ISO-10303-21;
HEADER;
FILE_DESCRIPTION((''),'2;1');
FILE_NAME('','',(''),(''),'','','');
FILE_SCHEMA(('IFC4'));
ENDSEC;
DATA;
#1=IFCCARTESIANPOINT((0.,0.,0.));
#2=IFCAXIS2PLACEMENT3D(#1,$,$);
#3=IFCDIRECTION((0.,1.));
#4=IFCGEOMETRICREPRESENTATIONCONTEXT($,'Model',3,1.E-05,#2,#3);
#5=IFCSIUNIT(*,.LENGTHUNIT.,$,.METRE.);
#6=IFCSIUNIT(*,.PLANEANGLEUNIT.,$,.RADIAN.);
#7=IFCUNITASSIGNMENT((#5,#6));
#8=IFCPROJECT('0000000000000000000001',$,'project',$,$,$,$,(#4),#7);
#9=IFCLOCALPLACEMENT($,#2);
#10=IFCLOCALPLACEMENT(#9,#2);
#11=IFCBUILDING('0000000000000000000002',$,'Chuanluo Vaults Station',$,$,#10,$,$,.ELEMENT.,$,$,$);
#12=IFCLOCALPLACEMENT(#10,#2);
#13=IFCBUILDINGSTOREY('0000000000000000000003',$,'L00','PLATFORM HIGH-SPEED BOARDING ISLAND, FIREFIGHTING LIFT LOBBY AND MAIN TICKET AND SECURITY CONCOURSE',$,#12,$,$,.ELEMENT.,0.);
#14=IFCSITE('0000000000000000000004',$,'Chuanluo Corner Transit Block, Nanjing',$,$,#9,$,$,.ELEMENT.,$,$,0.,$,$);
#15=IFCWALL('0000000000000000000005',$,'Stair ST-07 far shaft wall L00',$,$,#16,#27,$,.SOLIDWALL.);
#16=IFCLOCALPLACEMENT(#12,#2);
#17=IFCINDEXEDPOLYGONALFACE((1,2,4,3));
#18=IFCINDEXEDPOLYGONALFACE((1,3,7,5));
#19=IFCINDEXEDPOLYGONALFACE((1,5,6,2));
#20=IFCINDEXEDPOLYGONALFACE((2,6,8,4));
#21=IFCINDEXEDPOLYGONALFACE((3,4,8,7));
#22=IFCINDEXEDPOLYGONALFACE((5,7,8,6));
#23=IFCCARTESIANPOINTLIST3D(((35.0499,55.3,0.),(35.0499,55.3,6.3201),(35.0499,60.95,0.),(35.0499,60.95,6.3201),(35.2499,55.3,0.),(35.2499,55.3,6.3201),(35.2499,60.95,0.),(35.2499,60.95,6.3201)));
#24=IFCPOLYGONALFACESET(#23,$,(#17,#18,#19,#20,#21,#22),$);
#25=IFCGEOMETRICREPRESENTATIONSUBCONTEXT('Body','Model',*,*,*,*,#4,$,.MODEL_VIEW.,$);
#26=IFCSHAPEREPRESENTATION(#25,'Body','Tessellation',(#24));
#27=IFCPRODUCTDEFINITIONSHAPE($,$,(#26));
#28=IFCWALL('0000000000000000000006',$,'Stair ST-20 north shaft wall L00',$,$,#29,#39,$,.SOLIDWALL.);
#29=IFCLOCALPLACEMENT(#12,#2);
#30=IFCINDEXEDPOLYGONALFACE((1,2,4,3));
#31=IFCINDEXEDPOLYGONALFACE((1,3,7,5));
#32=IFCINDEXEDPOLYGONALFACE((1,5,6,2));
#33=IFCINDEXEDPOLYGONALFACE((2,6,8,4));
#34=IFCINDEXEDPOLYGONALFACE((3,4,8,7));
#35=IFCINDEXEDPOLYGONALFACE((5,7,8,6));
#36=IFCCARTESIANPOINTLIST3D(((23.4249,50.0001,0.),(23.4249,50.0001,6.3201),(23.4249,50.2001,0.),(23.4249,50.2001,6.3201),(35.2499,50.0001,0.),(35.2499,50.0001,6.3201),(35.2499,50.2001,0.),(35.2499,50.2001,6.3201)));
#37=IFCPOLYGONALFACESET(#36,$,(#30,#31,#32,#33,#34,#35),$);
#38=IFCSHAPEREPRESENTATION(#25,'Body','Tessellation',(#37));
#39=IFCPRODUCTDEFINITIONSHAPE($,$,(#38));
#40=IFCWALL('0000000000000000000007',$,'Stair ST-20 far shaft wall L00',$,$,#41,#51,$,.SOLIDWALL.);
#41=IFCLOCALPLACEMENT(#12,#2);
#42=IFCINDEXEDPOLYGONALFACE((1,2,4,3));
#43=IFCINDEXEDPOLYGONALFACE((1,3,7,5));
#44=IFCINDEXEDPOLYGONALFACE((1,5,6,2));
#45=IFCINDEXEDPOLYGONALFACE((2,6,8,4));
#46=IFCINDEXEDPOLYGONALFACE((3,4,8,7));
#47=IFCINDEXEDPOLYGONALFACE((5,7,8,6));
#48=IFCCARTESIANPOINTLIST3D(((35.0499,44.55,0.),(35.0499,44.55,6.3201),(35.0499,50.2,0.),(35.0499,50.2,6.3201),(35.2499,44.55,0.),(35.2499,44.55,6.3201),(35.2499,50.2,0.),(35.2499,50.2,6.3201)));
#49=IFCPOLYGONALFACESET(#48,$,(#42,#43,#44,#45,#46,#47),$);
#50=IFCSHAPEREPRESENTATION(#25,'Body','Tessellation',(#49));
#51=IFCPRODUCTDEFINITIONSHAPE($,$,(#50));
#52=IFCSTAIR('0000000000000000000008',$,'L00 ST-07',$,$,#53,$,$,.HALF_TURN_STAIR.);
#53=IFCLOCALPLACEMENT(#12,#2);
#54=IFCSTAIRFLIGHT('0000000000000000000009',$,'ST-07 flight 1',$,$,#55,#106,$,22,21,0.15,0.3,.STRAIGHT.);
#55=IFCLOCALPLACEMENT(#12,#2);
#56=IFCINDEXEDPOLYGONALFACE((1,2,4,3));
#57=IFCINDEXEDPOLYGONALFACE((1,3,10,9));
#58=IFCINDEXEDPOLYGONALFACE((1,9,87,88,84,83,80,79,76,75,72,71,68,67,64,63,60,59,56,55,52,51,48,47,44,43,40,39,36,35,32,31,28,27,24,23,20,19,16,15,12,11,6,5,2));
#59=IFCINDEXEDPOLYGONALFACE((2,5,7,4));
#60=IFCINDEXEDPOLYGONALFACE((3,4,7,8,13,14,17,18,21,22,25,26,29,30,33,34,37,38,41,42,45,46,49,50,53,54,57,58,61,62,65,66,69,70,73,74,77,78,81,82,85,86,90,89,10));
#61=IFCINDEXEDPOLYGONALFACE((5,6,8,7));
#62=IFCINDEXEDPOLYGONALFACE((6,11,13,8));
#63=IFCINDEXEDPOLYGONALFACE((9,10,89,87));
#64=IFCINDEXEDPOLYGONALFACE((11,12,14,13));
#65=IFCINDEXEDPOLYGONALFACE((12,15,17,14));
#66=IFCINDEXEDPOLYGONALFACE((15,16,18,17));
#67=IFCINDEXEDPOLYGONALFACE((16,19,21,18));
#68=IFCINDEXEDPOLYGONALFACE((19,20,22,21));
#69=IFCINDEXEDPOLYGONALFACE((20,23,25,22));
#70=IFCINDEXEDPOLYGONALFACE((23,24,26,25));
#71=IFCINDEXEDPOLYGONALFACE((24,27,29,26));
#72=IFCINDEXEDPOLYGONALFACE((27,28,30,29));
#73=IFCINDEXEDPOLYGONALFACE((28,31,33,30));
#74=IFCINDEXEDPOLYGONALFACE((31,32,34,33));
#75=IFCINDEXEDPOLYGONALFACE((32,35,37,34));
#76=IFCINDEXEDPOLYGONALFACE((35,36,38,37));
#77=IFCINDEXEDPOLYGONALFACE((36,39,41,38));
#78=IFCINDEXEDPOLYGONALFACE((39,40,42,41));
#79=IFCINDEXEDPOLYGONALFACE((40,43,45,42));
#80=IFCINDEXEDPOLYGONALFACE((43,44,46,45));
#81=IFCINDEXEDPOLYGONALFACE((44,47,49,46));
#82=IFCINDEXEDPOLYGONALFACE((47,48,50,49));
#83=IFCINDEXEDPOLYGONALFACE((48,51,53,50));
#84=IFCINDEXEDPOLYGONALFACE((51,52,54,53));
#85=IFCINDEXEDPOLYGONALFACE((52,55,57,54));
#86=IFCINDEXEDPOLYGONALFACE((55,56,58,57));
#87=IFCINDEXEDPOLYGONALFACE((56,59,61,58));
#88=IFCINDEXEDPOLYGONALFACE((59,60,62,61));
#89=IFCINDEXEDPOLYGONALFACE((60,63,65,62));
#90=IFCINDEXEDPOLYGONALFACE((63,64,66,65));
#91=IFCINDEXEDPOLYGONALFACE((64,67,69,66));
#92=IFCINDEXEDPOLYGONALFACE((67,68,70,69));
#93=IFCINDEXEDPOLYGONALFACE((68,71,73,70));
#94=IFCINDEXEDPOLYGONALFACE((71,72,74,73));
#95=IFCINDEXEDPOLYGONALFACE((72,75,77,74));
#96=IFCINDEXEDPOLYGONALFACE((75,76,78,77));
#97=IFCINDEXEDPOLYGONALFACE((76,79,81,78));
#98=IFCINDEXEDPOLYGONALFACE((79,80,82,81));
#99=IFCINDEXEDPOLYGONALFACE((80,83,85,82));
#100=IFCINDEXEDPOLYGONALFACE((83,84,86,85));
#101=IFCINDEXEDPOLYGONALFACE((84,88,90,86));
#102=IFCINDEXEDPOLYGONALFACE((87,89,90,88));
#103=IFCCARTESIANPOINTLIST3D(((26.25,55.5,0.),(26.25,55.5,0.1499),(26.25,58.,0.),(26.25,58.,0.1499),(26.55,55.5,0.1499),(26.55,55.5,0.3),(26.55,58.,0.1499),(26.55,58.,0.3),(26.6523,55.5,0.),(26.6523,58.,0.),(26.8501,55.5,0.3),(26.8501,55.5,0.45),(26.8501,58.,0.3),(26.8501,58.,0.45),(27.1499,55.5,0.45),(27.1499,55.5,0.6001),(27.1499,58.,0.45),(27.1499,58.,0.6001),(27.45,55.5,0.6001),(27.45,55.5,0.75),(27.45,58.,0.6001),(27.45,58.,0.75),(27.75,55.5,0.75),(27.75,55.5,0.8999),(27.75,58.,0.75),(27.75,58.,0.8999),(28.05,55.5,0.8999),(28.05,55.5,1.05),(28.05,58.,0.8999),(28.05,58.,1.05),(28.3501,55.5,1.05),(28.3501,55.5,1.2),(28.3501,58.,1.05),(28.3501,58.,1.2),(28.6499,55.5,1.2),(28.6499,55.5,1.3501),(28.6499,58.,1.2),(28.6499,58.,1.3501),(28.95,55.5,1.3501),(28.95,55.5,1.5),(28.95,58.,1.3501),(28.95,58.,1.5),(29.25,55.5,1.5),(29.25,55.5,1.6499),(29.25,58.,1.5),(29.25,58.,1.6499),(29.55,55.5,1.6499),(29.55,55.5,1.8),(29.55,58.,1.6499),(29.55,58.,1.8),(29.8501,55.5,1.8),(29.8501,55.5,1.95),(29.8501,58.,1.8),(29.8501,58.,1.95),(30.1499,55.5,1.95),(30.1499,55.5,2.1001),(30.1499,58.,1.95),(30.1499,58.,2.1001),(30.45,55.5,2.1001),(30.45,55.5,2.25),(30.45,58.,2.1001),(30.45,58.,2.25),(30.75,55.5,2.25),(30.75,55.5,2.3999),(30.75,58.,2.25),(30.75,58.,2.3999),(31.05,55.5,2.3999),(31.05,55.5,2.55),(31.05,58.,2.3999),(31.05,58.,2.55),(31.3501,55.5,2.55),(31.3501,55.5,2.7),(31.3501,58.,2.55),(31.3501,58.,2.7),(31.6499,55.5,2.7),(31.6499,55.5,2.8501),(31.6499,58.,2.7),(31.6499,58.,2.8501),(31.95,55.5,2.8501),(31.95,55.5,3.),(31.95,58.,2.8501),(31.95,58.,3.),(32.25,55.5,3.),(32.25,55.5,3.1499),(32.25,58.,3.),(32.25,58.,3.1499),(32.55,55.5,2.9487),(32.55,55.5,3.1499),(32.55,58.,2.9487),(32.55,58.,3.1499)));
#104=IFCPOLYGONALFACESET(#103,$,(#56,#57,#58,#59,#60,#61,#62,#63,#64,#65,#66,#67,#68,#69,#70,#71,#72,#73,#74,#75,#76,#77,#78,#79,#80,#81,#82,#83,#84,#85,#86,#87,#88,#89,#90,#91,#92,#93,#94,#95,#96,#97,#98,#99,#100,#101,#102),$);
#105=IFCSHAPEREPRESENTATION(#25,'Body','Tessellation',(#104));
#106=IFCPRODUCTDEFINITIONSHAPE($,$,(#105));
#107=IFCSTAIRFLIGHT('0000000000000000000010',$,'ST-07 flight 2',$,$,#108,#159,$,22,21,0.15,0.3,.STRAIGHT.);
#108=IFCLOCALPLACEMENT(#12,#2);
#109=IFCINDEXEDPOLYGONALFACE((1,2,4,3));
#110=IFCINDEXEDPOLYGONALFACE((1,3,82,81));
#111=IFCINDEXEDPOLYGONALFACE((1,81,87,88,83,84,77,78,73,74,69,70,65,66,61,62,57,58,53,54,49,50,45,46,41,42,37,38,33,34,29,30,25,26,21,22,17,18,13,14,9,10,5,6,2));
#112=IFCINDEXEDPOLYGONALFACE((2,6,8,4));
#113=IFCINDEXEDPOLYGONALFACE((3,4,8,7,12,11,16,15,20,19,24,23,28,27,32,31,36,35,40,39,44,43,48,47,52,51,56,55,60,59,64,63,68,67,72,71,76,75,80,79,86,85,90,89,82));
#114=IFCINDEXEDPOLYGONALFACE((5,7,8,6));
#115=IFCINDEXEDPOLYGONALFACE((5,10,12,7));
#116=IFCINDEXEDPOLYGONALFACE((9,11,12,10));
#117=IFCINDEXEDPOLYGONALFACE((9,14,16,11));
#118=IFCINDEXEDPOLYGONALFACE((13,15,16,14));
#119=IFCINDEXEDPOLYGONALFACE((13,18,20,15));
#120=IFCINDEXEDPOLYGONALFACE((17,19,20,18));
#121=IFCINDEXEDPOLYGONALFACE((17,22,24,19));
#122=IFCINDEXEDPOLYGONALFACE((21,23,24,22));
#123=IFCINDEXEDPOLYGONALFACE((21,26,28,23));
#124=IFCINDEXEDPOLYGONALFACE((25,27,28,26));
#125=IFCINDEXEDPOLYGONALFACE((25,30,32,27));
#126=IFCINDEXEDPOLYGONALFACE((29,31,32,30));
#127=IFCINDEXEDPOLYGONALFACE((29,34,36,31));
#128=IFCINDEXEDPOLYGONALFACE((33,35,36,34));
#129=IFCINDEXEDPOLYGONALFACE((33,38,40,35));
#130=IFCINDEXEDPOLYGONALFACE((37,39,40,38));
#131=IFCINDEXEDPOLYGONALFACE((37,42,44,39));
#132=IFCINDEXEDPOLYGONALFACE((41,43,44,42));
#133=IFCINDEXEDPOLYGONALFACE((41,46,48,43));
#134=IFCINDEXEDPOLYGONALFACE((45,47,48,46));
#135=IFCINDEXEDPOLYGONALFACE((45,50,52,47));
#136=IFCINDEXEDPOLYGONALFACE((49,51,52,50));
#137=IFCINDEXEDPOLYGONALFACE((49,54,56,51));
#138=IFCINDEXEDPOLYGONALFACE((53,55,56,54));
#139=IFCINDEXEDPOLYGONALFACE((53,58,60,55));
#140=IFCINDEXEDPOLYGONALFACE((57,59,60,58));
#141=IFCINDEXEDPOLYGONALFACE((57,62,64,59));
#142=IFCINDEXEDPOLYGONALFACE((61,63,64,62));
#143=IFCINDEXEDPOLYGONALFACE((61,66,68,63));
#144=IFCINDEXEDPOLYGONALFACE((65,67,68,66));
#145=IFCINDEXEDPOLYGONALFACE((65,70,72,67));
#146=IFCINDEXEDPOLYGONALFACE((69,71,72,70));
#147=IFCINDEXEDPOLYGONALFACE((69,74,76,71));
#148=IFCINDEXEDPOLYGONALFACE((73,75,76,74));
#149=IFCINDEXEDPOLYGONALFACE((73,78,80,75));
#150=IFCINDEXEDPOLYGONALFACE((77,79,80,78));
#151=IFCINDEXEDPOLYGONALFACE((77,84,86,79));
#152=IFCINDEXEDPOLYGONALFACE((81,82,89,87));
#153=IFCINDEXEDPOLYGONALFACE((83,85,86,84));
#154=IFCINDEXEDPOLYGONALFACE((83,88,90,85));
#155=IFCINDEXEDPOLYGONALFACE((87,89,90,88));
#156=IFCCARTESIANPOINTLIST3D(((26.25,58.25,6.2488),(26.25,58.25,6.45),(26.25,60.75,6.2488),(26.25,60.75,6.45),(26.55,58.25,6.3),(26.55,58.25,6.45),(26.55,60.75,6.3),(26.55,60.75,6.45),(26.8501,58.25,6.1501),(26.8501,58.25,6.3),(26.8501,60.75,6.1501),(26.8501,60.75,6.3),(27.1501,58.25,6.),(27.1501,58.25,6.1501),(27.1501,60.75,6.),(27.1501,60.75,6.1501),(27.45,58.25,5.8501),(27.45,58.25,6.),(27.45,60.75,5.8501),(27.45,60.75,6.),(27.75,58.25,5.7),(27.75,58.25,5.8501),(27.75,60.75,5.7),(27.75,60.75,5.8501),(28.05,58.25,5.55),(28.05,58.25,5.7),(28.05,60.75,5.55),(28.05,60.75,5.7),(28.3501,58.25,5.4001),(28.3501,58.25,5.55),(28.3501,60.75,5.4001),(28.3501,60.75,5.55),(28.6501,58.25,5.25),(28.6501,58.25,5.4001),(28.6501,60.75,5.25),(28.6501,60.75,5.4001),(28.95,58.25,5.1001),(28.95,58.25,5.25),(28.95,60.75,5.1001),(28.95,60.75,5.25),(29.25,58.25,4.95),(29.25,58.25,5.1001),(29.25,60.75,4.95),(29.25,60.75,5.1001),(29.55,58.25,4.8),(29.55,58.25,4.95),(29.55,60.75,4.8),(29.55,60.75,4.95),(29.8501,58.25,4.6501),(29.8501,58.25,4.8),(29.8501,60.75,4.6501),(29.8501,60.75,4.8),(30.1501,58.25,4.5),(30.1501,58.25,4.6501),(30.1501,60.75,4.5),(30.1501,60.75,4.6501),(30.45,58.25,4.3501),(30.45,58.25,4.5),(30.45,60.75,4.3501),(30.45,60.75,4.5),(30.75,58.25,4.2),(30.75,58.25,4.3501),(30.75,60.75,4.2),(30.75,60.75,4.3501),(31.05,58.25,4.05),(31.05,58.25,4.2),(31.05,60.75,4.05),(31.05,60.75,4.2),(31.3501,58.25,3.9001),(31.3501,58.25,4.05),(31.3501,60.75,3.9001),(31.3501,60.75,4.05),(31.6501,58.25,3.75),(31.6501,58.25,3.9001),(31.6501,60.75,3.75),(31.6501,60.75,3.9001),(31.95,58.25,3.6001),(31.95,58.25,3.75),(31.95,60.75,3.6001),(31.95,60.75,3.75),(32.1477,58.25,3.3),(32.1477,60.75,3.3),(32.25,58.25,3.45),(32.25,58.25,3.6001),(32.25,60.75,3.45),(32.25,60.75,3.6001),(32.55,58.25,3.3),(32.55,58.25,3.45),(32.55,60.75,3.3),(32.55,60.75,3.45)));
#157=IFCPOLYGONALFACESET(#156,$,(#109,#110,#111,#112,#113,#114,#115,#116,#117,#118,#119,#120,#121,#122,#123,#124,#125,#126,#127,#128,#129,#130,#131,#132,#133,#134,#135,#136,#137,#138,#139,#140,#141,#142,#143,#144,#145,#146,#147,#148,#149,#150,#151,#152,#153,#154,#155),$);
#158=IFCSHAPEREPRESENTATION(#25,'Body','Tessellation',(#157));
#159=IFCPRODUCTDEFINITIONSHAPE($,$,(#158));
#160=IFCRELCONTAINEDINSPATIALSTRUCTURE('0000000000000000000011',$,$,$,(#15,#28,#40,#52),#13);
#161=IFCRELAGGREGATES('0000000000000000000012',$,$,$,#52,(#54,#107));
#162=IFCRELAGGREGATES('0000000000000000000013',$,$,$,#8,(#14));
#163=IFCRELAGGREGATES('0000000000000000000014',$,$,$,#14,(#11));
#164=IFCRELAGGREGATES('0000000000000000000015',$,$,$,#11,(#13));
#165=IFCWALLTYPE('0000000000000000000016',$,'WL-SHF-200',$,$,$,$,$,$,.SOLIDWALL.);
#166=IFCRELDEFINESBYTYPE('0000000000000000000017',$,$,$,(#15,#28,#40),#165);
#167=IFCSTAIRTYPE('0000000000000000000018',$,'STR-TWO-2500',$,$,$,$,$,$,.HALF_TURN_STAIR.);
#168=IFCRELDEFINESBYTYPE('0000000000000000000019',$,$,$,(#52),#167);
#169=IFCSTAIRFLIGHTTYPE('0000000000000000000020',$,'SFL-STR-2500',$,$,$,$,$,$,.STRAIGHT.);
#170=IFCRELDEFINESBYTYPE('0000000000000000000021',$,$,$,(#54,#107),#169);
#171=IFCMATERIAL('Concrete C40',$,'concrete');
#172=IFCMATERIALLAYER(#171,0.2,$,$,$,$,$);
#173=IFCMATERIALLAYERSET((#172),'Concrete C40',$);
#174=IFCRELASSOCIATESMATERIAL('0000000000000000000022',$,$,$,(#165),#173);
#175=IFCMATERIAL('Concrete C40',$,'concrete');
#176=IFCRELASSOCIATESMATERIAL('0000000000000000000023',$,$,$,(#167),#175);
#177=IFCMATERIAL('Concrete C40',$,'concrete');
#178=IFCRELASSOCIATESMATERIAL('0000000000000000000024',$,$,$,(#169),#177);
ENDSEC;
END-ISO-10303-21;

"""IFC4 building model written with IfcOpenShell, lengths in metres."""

from ifc_helpers import new_model, si_unit, direction, frame, frame_2d, origin, place, context, subcontext, project, spatial, polyline, rectangle, outline, extrude, material, layer, layer_set, type_object, element, aggregate, save


model = new_model("IFC4")

# Units and contexts
model_context = context("Model", 3, precision=1e-05, world=origin(), true_north=direction((0.0, 1.0)))
body_context = subcontext(model_context, "Body", "Model", "MODEL_VIEW")
ifc_project = project(units=[si_unit("LENGTHUNIT", "METRE"), si_unit("PLANEANGLEUNIT", "RADIAN")], contexts=[model_context])

# Site, building, storey
site_placement = place(None, origin())
site = spatial("IfcSite", under=ifc_project, at=site_placement, Name="Chuanluo Corner Transit Block, Nanjing", CompositionType="ELEMENT", RefElevation=0.0)
building_placement = place(site_placement, origin())
building = spatial("IfcBuilding", under=site, at=building_placement, Name="Chuanluo Vaults Station", CompositionType="ELEMENT")
storey_placement = place(building_placement, origin())
storey = spatial("IfcBuildingStorey", under=building, at=storey_placement, Name="L00", Description="PLATFORM HIGH-SPEED BOARDING ISLAND, FIREFIGHTING LIFT LOBBY AND MAIN TICKET AND SECURITY CONCOURSE", CompositionType="ELEMENT", Elevation=0.0)

# Walls
ifc_material_1 = material(Name="Concrete C40", Category="concrete")
ifc_layer = layer(ifc_material_1, 0.2)
ifc_layer_set = layer_set([ifc_layer], Name="Concrete C40")
wall_type = type_object("IfcWallType", Name="WL-SHF-200", PredefinedType="SOLIDWALL", material=ifc_layer_set)
wall_1_placement = place(storey_placement, frame((35.1499, 55.3, 0.0), z_axis=(0.0, 0.0, 1.0), x_axis=(0.0, 1.0, 0.0)))
element("IfcWall", 1, at=wall_1_placement, inside=storey, type_object=wall_type, Name="Stair ST-07 far shaft wall L00", PredefinedType="SOLIDWALL", context=body_context, shape_type="SweptSolid", body=[
    extrude(rectangle(XDim=5.6499, YDim=0.2, at=frame_2d((2.825, 0.0))), origin(), (0.0, 0.0, 1.0), 6.3201),
])
wall_2_placement = place(storey_placement, frame((35.25, 50.1001, 0.0), z_axis=(0.0, 0.0, 1.0), x_axis=(-1.0, 0.0, 0.0)))
element("IfcWall", 2, at=wall_2_placement, inside=storey, type_object=wall_type, Name="Stair ST-20 north shaft wall L00", PredefinedType="SOLIDWALL", context=body_context, shape_type="SweptSolid", body=[
    extrude(rectangle(XDim=11.825, YDim=0.2, at=frame_2d((5.9126, 0.0))), origin(), (0.0, 0.0, 1.0), 6.3201),
])
wall_3_placement = place(storey_placement, frame((35.1499, 44.55, 0.0), z_axis=(0.0, 0.0, 1.0), x_axis=(0.0, 1.0, 0.0)))
element("IfcWall", 3, at=wall_3_placement, inside=storey, type_object=wall_type, Name="Stair ST-20 far shaft wall L00", PredefinedType="SOLIDWALL", context=body_context, shape_type="SweptSolid", body=[
    extrude(rectangle(XDim=5.6499, YDim=0.2, at=frame_2d((2.825, 0.0))), origin(), (0.0, 0.0, 1.0), 6.3201),
])

# Stair, stair flights
ifc_material_2 = material(Name="Concrete C40", Category="concrete")
stair_type = type_object("IfcStairType", Name="STR-TWO-2500", PredefinedType="HALF_TURN_STAIR", material=ifc_material_2)
stair_1_placement = place(storey_placement, origin())
stair_1 = element("IfcStair", 4, at=stair_1_placement, inside=storey, type_object=stair_type, Name="L00 ST-07", PredefinedType="HALF_TURN_STAIR")
ifc_material_3 = material(Name="Concrete C40", Category="concrete")
stair_flight_type = type_object("IfcStairFlightType", Name="SFL-STR-2500", PredefinedType="STRAIGHT", material=ifc_material_3)
stair_flight_1_placement = place(storey_placement, frame((26.25, 56.75, 0.0), z_axis=(0.0, 0.0, 1.0), x_axis=(1.0, 0.0, 0.0)))
stair_flight_1 = element("IfcStairFlight", 5, at=stair_flight_1_placement, type_object=stair_flight_type, Name="ST-07 flight 1", NumberOfRisers=22, NumberOfTreads=21, PredefinedType="STRAIGHT", RiserHeight=0.15, TreadLength=0.3, context=body_context, shape_type="SweptSolid", body=[
    extrude(outline(polyline([(0.0, 0.0), (0.0, 0.1499), (0.3, 0.1499), (0.3, 0.3), (0.6001, 0.3), (0.6001, 0.45), (0.8999, 0.45), (0.8999, 0.6001), (1.2, 0.6001), (1.2, 0.75), (1.5, 0.75), (1.5, 0.8999), (1.8, 0.8999), (1.8, 1.05), (2.1001, 1.05), (2.1001, 1.2), (2.3999, 1.2), (2.3999, 1.3501), (2.7, 1.3501), (2.7, 1.5), (3.0, 1.5), (3.0, 1.6499), (3.3, 1.6499), (3.3, 1.8), (3.6001, 1.8), (3.6001, 1.95), (3.8999, 1.95), (3.8999, 2.1001), (4.2, 2.1001), (4.2, 2.25), (4.5, 2.25), (4.5, 2.3999), (4.8, 2.3999), (4.8, 2.55), (5.1001, 2.55), (5.1001, 2.7), (5.3999, 2.7), (5.3999, 2.8501), (5.7, 2.8501), (5.7, 3.0), (6.0, 3.0), (6.0, 3.1499), (6.3, 3.1499), (6.3, 3.3), (6.3, 2.9487), (0.4023, 0.0), (0.0, 0.0)])), frame((0.0, 1.25, 0.0), z_axis=(0.0, -1.0, 0.0), x_axis=(1.0, 0.0, 0.0)), (0.0, 0.0, 1.0), 2.5),
])
stair_flight_2_placement = place(storey_placement, frame((32.55, 59.5, 3.3), z_axis=(0.0, 0.0, 1.0), x_axis=(-1.0, 0.0, 0.0)))
stair_flight_2 = element("IfcStairFlight", 6, at=stair_flight_2_placement, type_object=stair_flight_type, Name="ST-07 flight 2", NumberOfRisers=22, NumberOfTreads=21, PredefinedType="STRAIGHT", RiserHeight=0.15, TreadLength=0.3, context=body_context, shape_type="SweptSolid", body=[
    extrude(outline(polyline([(0.0, 0.0), (0.0, 0.1499), (0.3, 0.1499), (0.3, 0.3), (0.6001, 0.3), (0.6001, 0.45), (0.8999, 0.45), (0.8999, 0.6001), (1.2, 0.6001), (1.2, 0.75), (1.5, 0.75), (1.5, 0.8999), (1.8, 0.8999), (1.8, 1.05), (2.1001, 1.05), (2.1001, 1.2), (2.3999, 1.2), (2.3999, 1.3501), (2.7, 1.3501), (2.7, 1.5), (3.0, 1.5), (3.0, 1.6499), (3.3, 1.6499), (3.3, 1.8), (3.6001, 1.8), (3.6001, 1.95), (3.8999, 1.95), (3.8999, 2.1001), (4.2, 2.1001), (4.2, 2.25), (4.5, 2.25), (4.5, 2.3999), (4.8, 2.3999), (4.8, 2.55), (5.1001, 2.55), (5.1001, 2.7), (5.3999, 2.7), (5.3999, 2.8501), (5.7, 2.8501), (5.7, 3.0), (6.0, 3.0), (6.0, 3.1499), (6.3, 3.1499), (6.3, 3.3), (6.3, 2.9487), (0.4023, 0.0), (0.0, 0.0)])), frame((0.0, 1.25, 0.0), z_axis=(0.0, -1.0, 0.0), x_axis=(1.0, 0.0, 0.0)), (0.0, 0.0, 1.0), 2.5),
])
aggregate(stair_1, [stair_flight_1, stair_flight_2])

save(model, "model.ifc")
